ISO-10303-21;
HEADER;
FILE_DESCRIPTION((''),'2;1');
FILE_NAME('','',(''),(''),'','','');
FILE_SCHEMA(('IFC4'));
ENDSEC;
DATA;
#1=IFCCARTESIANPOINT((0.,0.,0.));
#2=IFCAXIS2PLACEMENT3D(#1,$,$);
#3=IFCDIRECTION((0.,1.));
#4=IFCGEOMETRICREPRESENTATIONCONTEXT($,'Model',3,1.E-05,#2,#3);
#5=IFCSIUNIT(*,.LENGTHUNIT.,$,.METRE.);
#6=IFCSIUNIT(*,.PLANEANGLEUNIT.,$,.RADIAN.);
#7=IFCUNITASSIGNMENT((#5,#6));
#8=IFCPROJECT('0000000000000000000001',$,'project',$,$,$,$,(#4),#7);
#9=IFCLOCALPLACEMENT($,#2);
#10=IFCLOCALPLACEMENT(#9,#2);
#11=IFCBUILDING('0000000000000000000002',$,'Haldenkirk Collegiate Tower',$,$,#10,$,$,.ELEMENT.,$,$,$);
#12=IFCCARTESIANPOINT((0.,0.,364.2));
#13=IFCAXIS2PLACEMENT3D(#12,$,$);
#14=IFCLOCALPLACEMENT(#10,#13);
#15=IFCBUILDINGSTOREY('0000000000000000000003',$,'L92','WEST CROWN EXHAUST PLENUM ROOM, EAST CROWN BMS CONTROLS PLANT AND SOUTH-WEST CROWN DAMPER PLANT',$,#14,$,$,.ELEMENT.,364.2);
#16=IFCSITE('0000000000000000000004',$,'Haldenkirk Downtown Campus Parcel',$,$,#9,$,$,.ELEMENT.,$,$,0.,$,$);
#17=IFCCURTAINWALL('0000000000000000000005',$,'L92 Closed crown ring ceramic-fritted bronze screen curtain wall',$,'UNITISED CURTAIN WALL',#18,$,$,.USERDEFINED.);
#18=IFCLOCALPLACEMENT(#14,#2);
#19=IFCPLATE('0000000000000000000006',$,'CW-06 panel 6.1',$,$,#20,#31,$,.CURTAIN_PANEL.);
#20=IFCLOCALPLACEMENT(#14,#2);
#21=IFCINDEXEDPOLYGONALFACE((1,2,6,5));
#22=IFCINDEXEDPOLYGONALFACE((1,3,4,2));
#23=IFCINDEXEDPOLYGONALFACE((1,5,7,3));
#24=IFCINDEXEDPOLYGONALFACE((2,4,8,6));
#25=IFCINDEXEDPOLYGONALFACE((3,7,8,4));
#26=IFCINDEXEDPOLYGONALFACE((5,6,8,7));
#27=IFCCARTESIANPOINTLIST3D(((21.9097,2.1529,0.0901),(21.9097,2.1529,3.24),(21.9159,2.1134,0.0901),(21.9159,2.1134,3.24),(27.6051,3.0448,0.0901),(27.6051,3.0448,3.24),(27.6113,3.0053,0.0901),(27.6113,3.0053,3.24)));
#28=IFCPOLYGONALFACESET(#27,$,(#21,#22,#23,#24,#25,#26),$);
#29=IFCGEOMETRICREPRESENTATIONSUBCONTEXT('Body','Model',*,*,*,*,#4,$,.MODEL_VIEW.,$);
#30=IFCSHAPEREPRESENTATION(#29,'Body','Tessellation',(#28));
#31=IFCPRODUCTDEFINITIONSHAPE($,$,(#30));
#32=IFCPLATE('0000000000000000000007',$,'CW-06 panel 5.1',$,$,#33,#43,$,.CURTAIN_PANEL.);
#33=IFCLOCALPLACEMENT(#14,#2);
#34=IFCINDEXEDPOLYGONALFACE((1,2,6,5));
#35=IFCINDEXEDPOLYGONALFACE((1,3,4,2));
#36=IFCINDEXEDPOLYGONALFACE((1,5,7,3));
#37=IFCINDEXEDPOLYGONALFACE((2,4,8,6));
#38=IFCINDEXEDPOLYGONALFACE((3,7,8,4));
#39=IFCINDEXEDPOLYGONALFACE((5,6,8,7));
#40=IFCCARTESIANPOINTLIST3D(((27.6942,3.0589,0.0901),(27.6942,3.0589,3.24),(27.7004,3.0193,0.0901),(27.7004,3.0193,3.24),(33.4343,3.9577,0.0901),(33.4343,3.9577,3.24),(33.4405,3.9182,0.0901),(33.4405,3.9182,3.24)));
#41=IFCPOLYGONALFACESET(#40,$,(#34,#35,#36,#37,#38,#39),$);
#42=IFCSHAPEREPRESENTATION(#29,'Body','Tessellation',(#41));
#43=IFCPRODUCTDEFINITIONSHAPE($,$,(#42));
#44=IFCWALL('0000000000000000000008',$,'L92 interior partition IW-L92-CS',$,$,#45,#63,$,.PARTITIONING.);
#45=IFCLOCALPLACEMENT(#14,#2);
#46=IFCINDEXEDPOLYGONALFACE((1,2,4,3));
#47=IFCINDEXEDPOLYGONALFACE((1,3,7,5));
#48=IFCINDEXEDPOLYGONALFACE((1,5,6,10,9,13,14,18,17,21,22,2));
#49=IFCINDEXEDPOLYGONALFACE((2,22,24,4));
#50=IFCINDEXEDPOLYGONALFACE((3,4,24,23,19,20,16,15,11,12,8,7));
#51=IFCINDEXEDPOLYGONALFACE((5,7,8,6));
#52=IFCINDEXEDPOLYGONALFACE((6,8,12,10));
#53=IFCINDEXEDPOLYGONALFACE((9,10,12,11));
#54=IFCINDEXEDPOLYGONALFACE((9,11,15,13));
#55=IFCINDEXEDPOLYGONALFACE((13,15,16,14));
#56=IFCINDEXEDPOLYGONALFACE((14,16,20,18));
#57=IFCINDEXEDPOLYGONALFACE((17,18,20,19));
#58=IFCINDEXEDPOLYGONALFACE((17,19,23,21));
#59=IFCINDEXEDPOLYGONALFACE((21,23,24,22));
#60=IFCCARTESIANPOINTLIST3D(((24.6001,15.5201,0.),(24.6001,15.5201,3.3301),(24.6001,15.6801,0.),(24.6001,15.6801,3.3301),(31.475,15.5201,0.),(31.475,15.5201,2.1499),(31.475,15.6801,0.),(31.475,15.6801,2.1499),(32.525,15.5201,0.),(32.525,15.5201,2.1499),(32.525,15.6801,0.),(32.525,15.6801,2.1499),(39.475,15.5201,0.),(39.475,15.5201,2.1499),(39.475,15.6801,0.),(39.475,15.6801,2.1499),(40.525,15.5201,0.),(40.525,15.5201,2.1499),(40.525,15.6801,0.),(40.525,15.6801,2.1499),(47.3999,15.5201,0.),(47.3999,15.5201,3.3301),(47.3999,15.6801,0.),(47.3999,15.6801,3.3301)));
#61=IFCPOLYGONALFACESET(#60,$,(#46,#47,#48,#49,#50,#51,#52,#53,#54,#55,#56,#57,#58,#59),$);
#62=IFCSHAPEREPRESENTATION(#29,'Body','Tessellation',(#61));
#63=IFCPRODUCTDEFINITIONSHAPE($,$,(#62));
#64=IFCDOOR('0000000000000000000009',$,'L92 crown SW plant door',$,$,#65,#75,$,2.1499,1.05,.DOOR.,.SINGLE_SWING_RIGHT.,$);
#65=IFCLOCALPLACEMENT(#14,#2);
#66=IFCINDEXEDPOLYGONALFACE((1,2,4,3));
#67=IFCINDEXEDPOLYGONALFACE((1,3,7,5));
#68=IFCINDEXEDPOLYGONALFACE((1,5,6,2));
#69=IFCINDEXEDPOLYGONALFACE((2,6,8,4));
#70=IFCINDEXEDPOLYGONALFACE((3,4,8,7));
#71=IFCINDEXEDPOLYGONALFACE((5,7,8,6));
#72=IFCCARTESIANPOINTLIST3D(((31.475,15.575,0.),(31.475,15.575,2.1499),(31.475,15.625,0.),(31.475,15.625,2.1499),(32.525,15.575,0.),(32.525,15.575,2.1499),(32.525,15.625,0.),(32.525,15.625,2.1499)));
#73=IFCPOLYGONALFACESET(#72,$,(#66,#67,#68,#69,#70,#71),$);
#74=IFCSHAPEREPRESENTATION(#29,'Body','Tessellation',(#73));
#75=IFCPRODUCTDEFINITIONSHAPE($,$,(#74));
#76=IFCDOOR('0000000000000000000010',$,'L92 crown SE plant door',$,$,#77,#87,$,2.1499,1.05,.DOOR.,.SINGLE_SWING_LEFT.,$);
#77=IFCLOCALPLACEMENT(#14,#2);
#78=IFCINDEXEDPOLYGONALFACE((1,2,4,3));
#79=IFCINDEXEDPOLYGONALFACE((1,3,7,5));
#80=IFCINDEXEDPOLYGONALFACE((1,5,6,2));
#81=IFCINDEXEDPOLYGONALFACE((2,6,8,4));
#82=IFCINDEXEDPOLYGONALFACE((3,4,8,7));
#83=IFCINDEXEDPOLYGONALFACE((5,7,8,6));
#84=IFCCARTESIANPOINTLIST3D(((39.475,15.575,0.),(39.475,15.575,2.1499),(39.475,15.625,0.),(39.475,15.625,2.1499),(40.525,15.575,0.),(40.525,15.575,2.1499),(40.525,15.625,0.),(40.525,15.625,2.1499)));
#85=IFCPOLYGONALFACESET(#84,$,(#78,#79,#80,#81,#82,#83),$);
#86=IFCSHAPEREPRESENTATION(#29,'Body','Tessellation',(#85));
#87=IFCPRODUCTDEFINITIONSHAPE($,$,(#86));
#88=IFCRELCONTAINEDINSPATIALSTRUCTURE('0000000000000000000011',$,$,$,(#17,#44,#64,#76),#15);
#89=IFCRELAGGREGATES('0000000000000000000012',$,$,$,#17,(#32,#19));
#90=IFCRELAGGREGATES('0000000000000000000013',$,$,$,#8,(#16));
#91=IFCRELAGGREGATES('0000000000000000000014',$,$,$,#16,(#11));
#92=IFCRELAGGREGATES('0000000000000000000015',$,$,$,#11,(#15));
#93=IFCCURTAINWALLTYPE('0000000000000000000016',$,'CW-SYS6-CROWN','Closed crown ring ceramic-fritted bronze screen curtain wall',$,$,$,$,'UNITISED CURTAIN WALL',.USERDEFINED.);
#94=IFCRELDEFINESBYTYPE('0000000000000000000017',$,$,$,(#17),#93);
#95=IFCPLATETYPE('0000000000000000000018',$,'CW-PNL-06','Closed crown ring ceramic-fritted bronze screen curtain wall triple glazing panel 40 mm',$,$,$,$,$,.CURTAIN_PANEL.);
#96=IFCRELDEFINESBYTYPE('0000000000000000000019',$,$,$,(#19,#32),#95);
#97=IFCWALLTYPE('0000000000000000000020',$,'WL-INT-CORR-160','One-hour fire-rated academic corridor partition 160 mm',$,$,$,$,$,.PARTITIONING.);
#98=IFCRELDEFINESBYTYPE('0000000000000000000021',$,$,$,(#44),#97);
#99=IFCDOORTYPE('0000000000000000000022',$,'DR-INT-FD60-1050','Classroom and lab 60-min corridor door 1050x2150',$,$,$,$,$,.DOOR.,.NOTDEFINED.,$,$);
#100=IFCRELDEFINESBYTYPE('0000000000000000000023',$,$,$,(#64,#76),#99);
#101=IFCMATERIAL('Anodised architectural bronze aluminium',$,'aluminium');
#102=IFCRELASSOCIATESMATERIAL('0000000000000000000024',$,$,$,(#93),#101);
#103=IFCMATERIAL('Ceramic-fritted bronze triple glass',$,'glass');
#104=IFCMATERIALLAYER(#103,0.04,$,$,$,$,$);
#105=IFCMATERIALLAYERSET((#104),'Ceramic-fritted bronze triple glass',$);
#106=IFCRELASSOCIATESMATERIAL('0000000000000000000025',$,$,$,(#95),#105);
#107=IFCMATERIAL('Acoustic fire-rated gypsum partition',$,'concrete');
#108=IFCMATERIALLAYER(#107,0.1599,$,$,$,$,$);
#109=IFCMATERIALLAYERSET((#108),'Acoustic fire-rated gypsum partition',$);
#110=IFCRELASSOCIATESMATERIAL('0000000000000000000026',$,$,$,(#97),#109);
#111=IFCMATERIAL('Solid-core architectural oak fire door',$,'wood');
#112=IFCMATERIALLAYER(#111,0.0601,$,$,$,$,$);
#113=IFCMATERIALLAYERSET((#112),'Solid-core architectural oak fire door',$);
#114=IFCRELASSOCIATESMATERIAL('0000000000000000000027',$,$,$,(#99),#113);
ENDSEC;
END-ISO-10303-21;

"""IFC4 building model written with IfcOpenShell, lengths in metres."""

from ifc_helpers import new_model, si_unit, direction, frame, frame_2d, origin, origin_2d, place, context, subcontext, project, spatial, rectangle, extrude, source, transform, mapped, material, layer, layer_set, type_object, element, fill, aggregate, save


model = new_model("IFC4")

# Units and contexts
model_context = context("Model", 3, precision=1e-05, world=origin(), true_north=direction((0.0, 1.0)))
body_context = subcontext(model_context, "Body", "Model", "MODEL_VIEW")
ifc_project = project(units=[si_unit("LENGTHUNIT", "METRE"), si_unit("PLANEANGLEUNIT", "RADIAN")], contexts=[model_context])

# Site, building, storey
site_placement = place(None, origin())
site = spatial("IfcSite", under=ifc_project, at=site_placement, Name="Haldenkirk Downtown Campus Parcel", CompositionType="ELEMENT", RefElevation=0.0)
building_placement = place(site_placement, origin())
building = spatial("IfcBuilding", under=site, at=building_placement, Name="Haldenkirk Collegiate Tower", CompositionType="ELEMENT")
storey_placement = place(building_placement, frame((0.0, 0.0, 364.2)))
storey = spatial("IfcBuildingStorey", under=building, at=storey_placement, Name="L92", Description="WEST CROWN EXHAUST PLENUM ROOM, EAST CROWN BMS CONTROLS PLANT AND SOUTH-WEST CROWN DAMPER PLANT", CompositionType="ELEMENT", Elevation=364.2)

# Curtain wall
ifc_material_1 = material(Name="Anodised architectural bronze aluminium", Category="aluminium")
curtain_wall_type = type_object("IfcCurtainWallType", Name="CW-SYS6-CROWN", Description="Closed crown ring ceramic-fritted bronze screen curtain wall", ElementType="UNITISED CURTAIN WALL", PredefinedType="USERDEFINED", material=ifc_material_1)
curtain_wall_placement = place(storey_placement, origin())
curtain_wall = element("IfcCurtainWall", 1, at=curtain_wall_placement, inside=storey, type_object=curtain_wall_type, Name="L92 Closed crown ring ceramic-fritted bronze screen curtain wall", ObjectType="UNITISED CURTAIN WALL", PredefinedType="USERDEFINED")

# Plates
ifc_material_2 = material(Name="Ceramic-fritted bronze triple glass", Category="glass")
ifc_layer_1 = layer(ifc_material_2, 0.04)
ifc_layer_set_1 = layer_set([ifc_layer_1], Name="Ceramic-fritted bronze triple glass")
plate_type_1 = type_object("IfcPlateType", Name="CW-PNL-06", Description="Closed crown ring ceramic-fritted bronze screen curtain wall triple glazing panel 40 mm", PredefinedType="CURTAIN_PANEL", material=ifc_layer_set_1)
shared_shape_1 = source(origin(), body_context, "Body", "SweptSolid", [
    extrude(rectangle(XDim=5.7649, YDim=0.04, at=origin_2d()), origin(), (0.0, 0.0, 1.0), 3.1499),
])
plate_1_placement = place(storey_placement, frame((24.7605, 2.5791, 0.0901), z_axis=(0.0, 0.0, 1.0), x_axis=(-0.98796, -0.154709, 0.0)))
plate_1 = element("IfcPlate", 2, at=plate_1_placement, type_object=plate_type_1, Name="CW-06 panel 6.1", PredefinedType="CURTAIN_PANEL", context=body_context, shape_type="MappedRepresentation", body=[
    mapped(shared_shape_1, transform((0.0, 0.0, 0.0), x_axis=(1.0, 0.0, 0.0), y_axis=(0.0, 1.0, 0.0), z_axis=(0.0, 0.0, 1.0), scale=1.0)),
])
shared_shape_2 = source(origin(), body_context, "Body", "SweptSolid", [
    extrude(rectangle(XDim=5.8101, YDim=0.04, at=origin_2d()), origin(), (0.0, 0.0, 1.0), 3.1499),
])
plate_2_placement = place(storey_placement, frame((30.5674, 3.4885, 0.0901), z_axis=(0.0, 0.0, 1.0), x_axis=(-0.98796, -0.154709, 0.0)))
plate_2 = element("IfcPlate", 3, at=plate_2_placement, type_object=plate_type_1, Name="CW-06 panel 5.1", PredefinedType="CURTAIN_PANEL", context=body_context, shape_type="MappedRepresentation", body=[
    mapped(shared_shape_2, transform((0.0, 0.0, 0.0), x_axis=(1.0, 0.0, 0.0), y_axis=(0.0, 1.0, 0.0), z_axis=(0.0, 0.0, 1.0), scale=1.0)),
])
aggregate(curtain_wall, [plate_2, plate_1])

# Wall, openings, doors
ifc_material_3 = material(Name="Acoustic fire-rated gypsum partition", Category="concrete")
ifc_layer_2 = layer(ifc_material_3, 0.1599)
ifc_layer_set_2 = layer_set([ifc_layer_2], Name="Acoustic fire-rated gypsum partition")
wall_type = type_object("IfcWallType", Name="WL-INT-CORR-160", Description="One-hour fire-rated academic corridor partition 160 mm", PredefinedType="PARTITIONING", material=ifc_layer_set_2)
wall_placement = place(storey_placement, frame((24.6001, 15.6001, 0.0), z_axis=(0.0, 0.0, 1.0), x_axis=(1.0, 0.0, 0.0)))
wall = element("IfcWall", 4, at=wall_placement, inside=storey, type_object=wall_type, Name="L92 interior partition IW-L92-CS", PredefinedType="PARTITIONING", context=body_context, shape_type="SweptSolid", body=[
    extrude(rectangle(XDim=22.7998, YDim=0.1599, at=frame_2d((11.3999, 0.0))), origin(), (0.0, 0.0, 1.0), 3.3301),
])
opening_1_placement = place(wall_placement, frame((6.875, 0.0, 0.0)))
opening_1 = element("IfcOpeningElement", 5, at=opening_1_placement, cuts=wall, PredefinedType="OPENING", context=body_context, shape_type="SweptSolid", body=[
    extrude(rectangle(XDim=1.05, YDim=2.1499, at=frame_2d((0.5249, 1.075))), frame((0.0, 0.0898, 0.0), z_axis=(0.0, -1.0, 0.0), x_axis=(1.0, 0.0, 0.0)), (0.0, 0.0, 1.0), 0.1799),
])
opening_2_placement = place(wall_placement, frame((14.875, 0.0, 0.0)))
opening_2 = element("IfcOpeningElement", 6, at=opening_2_placement, cuts=wall, PredefinedType="OPENING", context=body_context, shape_type="SweptSolid", body=[
    extrude(rectangle(XDim=1.05, YDim=2.1499, at=frame_2d((0.5249, 1.075))), frame((0.0, 0.0898, 0.0), z_axis=(0.0, -1.0, 0.0), x_axis=(1.0, 0.0, 0.0)), (0.0, 0.0, 1.0), 0.1799),
])
ifc_material_4 = material(Name="Solid-core architectural oak fire door", Category="wood")
ifc_layer_3 = layer(ifc_material_4, 0.0601)
ifc_layer_set_3 = layer_set([ifc_layer_3], Name="Solid-core architectural oak fire door")
door_type = type_object("IfcDoorType", Name="DR-INT-FD60-1050", Description="Classroom and lab 60-min corridor door 1050x2150", OperationType="NOTDEFINED", PredefinedType="DOOR", material=ifc_layer_set_3)
door_1_placement = place(opening_1_placement, origin())
door_1 = element("IfcDoor", 7, at=door_1_placement, inside=storey, type_object=door_type, Name="L92 crown SW plant door", OperationType="SINGLE_SWING_RIGHT", OverallHeight=2.1499, OverallWidth=1.05, PredefinedType="DOOR", context=body_context, shape_type="SweptSolid", body=[
    extrude(rectangle(XDim=1.05, YDim=2.1499, at=frame_2d((0.5249, 1.075))), frame((0.0, 0.0249, 0.0), z_axis=(0.0, -1.0, 0.0), x_axis=(1.0, 0.0, 0.0)), (0.0, 0.0, 1.0), 0.05),
])
fill(opening_1, door_1)
door_2_placement = place(opening_2_placement, origin())
door_2 = element("IfcDoor", 8, at=door_2_placement, inside=storey, type_object=door_type, Name="L92 crown SE plant door", OperationType="SINGLE_SWING_LEFT", OverallHeight=2.1499, OverallWidth=1.05, PredefinedType="DOOR", context=body_context, shape_type="SweptSolid", body=[
    extrude(rectangle(XDim=1.05, YDim=2.1499, at=frame_2d((0.5249, 1.075))), frame((0.0, 0.0249, 0.0), z_axis=(0.0, -1.0, 0.0), x_axis=(1.0, 0.0, 0.0)), (0.0, 0.0, 1.0), 0.05),
])
fill(opening_2, door_2)

save(model, "model.ifc")
